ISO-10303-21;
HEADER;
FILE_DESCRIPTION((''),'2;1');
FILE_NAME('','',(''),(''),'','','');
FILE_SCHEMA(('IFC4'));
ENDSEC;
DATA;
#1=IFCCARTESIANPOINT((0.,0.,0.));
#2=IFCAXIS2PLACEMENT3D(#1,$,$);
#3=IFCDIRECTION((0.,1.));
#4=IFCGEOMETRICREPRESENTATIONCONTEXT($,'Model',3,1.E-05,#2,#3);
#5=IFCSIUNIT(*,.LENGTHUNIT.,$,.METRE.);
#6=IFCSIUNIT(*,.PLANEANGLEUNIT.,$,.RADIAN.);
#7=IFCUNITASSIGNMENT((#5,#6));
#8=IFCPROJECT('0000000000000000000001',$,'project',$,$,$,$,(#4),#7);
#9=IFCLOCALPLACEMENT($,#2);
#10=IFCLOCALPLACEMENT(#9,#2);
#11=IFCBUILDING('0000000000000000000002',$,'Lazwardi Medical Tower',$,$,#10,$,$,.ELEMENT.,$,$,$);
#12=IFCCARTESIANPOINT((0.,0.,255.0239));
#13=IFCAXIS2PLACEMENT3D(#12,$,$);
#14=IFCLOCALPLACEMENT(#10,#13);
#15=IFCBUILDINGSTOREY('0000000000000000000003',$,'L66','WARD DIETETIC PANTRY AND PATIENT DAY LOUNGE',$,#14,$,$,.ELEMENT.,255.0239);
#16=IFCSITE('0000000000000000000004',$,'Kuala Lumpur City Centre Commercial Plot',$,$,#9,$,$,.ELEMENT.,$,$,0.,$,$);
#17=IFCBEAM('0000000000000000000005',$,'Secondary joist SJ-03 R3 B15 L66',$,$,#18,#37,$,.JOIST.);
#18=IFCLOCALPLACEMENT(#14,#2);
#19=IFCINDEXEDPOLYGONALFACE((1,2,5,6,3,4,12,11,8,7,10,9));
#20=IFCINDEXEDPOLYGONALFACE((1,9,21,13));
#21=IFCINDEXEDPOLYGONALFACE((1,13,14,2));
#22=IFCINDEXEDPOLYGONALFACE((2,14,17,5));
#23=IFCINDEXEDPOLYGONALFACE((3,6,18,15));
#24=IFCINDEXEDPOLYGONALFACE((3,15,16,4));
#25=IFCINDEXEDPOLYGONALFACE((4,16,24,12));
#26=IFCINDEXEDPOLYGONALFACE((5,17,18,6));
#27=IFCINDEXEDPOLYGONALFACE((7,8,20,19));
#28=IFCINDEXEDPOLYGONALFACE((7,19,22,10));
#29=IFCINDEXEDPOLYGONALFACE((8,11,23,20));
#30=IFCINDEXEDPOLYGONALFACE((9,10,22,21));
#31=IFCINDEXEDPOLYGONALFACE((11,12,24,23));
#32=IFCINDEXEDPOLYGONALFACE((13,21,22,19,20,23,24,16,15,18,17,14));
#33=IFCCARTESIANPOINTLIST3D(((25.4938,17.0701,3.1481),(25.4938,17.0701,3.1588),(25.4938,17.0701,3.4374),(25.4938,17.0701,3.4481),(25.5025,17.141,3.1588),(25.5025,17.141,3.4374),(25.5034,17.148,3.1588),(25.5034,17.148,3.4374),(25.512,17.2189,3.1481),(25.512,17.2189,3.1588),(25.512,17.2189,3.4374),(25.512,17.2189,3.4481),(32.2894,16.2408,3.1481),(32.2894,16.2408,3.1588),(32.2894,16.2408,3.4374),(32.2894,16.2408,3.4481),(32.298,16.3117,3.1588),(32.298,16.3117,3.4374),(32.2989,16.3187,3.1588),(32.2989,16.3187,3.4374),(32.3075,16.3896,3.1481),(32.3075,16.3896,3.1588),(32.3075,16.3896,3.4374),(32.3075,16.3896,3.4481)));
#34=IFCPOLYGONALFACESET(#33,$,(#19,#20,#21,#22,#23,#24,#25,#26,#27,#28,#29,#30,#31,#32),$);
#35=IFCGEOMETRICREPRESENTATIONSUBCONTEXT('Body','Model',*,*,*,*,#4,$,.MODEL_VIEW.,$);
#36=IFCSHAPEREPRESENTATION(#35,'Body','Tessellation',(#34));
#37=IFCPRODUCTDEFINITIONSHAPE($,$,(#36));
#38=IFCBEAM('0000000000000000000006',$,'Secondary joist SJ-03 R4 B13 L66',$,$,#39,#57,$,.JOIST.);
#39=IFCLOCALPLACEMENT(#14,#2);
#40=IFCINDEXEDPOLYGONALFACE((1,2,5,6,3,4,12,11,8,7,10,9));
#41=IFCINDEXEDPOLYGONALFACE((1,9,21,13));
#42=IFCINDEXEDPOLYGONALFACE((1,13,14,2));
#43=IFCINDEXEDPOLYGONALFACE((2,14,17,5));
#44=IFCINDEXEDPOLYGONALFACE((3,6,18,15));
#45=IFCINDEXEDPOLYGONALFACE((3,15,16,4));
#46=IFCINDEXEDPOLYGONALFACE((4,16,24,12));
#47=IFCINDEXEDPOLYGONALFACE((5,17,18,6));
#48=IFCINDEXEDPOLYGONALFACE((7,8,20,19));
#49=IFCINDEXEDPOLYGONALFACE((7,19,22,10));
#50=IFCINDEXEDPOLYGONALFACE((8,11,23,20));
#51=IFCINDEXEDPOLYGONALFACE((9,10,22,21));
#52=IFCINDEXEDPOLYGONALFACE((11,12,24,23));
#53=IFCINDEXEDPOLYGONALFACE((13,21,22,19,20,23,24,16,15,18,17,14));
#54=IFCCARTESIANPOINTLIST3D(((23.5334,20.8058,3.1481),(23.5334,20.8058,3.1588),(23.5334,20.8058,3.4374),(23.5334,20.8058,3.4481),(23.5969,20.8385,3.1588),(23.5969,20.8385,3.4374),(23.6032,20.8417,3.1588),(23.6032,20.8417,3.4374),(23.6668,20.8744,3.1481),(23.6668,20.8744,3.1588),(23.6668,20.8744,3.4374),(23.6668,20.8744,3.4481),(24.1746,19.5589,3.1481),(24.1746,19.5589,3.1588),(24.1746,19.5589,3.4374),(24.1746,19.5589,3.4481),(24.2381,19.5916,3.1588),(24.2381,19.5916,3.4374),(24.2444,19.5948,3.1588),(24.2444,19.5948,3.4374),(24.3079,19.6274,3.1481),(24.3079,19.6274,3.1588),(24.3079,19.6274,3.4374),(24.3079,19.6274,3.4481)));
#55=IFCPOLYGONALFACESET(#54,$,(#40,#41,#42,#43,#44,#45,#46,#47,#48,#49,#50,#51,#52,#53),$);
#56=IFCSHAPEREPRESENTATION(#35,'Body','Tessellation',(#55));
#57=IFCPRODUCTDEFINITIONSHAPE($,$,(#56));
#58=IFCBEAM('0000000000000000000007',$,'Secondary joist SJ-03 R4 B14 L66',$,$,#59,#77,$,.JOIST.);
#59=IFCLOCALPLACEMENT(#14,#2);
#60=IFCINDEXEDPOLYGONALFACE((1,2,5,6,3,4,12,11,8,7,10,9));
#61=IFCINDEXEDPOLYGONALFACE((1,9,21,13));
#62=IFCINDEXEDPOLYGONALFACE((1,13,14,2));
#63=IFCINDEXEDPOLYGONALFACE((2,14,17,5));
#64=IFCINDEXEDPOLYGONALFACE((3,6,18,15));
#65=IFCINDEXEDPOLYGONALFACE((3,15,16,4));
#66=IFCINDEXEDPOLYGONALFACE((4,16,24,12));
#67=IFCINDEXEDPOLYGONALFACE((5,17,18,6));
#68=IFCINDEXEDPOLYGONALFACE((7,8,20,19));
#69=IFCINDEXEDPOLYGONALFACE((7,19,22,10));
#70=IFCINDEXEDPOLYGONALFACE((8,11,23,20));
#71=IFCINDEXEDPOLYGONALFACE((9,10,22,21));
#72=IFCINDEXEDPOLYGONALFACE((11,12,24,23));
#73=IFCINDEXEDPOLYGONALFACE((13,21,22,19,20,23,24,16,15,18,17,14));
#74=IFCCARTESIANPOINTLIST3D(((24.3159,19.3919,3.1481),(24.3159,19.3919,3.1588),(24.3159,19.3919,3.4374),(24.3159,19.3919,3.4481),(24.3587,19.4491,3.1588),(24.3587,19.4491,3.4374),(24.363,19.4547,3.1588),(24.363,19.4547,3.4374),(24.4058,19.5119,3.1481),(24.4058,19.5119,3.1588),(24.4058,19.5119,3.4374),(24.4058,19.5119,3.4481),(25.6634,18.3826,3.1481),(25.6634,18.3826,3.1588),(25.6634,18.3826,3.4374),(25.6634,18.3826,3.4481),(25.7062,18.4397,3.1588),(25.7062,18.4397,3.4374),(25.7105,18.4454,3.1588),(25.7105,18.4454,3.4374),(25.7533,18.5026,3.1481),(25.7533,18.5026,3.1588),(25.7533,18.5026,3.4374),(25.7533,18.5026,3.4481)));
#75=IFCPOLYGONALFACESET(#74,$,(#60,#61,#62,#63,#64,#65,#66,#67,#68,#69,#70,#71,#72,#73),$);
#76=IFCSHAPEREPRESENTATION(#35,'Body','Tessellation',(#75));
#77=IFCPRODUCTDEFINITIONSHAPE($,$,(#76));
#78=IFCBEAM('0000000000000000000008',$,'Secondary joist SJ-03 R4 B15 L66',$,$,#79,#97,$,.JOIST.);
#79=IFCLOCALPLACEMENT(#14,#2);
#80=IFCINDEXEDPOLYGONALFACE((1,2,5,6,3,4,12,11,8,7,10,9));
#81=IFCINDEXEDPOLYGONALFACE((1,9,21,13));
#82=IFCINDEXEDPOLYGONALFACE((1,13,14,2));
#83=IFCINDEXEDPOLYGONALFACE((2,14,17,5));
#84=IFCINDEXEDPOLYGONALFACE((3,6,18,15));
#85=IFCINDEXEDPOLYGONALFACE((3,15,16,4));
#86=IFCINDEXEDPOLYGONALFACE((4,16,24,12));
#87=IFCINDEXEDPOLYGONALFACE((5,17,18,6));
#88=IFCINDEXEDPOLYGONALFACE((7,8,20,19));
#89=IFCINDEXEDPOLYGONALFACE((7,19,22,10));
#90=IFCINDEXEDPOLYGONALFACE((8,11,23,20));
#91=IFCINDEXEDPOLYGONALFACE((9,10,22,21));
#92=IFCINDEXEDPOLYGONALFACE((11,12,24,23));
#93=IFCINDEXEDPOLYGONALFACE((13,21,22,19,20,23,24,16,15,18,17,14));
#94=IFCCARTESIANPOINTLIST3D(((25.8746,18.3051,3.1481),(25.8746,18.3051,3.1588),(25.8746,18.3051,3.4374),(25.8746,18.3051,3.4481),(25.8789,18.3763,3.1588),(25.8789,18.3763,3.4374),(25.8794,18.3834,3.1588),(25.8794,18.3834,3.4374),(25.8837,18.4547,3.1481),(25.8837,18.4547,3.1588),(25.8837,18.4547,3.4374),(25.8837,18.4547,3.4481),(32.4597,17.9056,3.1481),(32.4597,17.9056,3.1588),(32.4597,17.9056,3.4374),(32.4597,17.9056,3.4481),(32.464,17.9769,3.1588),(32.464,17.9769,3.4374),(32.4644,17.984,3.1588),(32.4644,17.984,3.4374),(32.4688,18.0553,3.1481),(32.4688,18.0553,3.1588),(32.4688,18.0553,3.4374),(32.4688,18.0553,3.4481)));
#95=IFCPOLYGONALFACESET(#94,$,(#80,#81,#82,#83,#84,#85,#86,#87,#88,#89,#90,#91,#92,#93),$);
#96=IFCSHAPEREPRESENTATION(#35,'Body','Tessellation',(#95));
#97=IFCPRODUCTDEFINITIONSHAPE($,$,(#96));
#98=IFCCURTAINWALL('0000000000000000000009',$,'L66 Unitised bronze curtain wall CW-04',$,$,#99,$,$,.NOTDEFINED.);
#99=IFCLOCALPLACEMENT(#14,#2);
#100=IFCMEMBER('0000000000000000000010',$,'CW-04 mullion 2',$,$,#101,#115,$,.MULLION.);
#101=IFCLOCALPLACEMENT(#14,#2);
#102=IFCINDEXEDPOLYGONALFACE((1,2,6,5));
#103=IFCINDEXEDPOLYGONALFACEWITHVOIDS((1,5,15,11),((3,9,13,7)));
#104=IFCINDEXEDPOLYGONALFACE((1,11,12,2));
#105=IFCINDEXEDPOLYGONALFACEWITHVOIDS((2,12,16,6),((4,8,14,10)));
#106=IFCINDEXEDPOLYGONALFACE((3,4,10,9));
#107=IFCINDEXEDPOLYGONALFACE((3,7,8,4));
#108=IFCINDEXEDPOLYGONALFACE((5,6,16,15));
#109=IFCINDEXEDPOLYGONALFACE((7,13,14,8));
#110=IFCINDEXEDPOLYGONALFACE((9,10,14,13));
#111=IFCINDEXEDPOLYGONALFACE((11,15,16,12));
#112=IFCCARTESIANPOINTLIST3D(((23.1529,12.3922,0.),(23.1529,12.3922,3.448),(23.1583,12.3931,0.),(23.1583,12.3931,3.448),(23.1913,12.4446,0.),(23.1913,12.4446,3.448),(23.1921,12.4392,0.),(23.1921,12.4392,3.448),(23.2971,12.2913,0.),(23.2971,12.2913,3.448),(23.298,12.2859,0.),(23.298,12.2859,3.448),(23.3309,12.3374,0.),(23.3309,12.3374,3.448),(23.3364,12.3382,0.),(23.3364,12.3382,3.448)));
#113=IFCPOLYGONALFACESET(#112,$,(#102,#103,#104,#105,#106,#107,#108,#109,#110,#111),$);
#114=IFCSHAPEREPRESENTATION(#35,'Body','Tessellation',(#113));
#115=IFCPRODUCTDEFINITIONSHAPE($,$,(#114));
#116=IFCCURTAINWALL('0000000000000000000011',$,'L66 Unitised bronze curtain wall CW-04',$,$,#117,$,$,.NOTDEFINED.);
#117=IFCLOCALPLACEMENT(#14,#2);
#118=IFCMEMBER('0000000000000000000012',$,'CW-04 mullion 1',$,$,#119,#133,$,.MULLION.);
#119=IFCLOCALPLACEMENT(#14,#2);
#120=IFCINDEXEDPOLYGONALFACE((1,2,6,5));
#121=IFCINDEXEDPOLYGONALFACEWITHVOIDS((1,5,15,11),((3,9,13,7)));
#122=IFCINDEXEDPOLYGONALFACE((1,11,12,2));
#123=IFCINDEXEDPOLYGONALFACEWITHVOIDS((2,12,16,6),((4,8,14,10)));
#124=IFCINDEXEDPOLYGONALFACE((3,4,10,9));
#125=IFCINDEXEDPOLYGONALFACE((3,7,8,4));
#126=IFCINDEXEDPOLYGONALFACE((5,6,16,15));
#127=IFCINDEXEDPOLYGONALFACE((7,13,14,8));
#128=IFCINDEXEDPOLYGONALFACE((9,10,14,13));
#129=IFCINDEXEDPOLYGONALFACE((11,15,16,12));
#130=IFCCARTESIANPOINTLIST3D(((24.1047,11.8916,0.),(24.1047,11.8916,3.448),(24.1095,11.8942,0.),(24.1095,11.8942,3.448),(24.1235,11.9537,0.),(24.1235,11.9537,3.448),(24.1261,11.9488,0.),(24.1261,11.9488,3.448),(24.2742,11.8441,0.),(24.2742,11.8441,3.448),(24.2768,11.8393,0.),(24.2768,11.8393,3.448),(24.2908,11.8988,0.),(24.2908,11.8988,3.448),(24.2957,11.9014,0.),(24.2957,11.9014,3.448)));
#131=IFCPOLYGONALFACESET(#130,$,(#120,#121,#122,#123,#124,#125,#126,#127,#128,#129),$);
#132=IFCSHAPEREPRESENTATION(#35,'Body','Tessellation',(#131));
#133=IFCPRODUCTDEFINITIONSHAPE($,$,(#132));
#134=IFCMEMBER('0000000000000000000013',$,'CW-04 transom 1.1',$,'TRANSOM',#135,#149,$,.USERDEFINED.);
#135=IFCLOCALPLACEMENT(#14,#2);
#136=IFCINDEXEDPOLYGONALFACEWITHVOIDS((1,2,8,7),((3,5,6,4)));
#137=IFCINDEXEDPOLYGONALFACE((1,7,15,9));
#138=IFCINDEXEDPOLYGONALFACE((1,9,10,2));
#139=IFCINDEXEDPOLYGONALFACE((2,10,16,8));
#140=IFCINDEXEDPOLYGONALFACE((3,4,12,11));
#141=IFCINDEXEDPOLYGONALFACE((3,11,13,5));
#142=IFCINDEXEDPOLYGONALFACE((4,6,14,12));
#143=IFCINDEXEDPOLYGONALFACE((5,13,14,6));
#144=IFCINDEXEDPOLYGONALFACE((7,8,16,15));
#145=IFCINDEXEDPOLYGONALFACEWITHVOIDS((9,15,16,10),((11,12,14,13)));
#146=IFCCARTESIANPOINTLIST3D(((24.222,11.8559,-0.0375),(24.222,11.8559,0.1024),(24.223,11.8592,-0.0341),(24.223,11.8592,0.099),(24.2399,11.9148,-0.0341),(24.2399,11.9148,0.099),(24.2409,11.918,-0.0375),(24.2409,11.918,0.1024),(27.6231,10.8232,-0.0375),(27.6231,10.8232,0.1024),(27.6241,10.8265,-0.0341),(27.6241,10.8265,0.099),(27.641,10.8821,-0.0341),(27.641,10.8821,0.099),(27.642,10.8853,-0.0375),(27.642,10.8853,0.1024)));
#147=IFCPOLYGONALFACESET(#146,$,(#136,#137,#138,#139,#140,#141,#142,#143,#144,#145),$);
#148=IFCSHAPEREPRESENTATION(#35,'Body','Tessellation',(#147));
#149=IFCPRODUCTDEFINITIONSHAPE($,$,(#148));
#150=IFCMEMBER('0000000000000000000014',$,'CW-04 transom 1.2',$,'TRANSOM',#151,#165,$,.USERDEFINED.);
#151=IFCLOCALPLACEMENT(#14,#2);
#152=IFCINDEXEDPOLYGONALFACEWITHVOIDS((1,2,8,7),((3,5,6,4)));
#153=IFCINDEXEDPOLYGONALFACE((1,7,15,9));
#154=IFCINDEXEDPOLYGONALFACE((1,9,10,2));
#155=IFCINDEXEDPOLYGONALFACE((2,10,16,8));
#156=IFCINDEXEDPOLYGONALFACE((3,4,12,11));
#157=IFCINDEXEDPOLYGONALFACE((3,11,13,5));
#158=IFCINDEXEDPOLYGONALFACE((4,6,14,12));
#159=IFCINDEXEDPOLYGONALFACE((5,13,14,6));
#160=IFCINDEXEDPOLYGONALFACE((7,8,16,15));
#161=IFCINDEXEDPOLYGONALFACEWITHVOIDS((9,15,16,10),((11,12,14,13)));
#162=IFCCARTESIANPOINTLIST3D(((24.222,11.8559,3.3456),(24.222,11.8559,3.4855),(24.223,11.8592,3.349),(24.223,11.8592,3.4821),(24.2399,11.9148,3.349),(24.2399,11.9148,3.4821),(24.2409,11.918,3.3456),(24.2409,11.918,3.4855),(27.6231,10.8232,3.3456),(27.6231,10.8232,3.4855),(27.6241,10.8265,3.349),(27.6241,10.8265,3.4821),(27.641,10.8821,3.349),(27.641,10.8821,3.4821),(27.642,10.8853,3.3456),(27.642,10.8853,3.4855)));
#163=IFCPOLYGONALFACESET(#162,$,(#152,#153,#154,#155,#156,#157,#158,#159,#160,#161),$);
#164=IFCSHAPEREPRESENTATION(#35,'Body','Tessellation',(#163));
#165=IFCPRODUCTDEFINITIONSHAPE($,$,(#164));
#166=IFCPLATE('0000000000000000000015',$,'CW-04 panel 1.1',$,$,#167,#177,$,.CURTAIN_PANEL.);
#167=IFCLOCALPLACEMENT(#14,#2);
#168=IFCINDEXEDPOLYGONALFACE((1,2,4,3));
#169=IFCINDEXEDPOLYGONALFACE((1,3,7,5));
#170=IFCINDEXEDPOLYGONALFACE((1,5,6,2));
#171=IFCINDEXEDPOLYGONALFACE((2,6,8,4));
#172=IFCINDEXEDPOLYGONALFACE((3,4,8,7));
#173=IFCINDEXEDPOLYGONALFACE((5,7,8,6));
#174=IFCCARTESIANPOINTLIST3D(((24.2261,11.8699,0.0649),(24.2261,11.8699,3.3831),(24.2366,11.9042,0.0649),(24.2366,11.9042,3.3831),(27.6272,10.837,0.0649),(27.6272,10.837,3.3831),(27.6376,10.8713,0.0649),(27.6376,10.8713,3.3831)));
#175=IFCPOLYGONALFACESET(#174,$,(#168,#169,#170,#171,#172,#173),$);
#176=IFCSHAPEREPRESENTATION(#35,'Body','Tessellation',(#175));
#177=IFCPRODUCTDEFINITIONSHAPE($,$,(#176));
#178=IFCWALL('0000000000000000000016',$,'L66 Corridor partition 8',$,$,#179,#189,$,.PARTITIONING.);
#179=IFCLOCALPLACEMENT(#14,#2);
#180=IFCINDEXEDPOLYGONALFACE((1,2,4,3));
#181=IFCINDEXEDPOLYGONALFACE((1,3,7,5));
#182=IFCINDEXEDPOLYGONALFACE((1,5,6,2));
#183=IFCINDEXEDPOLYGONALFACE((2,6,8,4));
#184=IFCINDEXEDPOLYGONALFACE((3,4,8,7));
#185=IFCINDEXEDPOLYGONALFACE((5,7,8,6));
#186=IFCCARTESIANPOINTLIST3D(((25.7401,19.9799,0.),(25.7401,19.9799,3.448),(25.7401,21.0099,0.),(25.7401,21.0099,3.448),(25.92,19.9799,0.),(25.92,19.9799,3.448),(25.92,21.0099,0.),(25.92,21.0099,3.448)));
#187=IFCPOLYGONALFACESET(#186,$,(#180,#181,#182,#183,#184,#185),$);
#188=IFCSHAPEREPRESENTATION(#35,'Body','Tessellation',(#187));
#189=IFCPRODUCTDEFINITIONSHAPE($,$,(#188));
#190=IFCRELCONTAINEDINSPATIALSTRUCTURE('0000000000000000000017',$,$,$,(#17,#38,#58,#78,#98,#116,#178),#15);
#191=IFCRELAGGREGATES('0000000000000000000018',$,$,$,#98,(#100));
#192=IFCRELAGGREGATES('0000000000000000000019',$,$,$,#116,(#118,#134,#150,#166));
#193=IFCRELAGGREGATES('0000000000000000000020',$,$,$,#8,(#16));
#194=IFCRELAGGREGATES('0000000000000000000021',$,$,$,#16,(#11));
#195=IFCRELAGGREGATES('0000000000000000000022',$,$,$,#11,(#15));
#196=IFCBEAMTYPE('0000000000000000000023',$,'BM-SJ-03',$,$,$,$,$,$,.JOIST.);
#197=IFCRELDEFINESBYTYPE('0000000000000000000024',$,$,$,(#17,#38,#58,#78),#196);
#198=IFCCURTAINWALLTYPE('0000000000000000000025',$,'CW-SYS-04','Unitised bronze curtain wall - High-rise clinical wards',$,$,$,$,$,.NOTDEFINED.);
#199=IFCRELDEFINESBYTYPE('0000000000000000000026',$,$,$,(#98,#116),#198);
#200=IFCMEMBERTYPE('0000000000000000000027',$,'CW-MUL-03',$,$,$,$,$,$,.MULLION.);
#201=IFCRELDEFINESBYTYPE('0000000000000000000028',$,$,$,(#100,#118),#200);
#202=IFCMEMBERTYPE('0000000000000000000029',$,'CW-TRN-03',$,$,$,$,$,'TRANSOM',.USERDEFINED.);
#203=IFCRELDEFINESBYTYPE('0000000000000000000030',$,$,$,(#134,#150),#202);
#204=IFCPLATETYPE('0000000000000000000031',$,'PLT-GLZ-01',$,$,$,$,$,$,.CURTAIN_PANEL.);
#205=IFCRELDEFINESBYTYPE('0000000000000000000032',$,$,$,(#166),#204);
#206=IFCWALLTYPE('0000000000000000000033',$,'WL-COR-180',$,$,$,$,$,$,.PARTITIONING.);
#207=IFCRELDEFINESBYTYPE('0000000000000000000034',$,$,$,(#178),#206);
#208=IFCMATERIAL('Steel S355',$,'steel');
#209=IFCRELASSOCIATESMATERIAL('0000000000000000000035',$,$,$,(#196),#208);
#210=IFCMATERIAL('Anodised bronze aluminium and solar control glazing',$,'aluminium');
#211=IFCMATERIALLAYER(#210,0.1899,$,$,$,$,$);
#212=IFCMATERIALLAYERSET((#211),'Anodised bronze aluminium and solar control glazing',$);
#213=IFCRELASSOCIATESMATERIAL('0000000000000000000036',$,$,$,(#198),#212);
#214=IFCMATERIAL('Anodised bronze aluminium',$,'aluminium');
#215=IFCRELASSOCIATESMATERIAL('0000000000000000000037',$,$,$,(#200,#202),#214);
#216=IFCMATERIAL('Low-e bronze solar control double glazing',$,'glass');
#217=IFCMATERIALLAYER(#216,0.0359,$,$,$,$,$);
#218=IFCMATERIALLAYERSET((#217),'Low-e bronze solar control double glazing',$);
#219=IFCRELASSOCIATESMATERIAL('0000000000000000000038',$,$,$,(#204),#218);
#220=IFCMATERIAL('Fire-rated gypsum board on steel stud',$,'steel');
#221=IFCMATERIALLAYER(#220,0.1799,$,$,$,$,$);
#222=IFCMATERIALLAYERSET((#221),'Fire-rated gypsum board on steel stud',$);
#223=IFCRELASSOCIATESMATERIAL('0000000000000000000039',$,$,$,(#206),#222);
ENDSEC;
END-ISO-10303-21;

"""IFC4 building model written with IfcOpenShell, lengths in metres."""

from ifc_helpers import new_model, si_unit, direction, frame, frame_2d, origin, origin_2d, place, context, subcontext, project, spatial, rectangle, hollow_rectangle, i_section, extrude, material, layer, layer_set, material_profile, profile_set, type_object, element, aggregate, save


model = new_model("IFC4")

# Units and contexts
model_context = context("Model", 3, precision=1e-05, world=origin(), true_north=direction((0.0, 1.0)))
body_context = subcontext(model_context, "Body", "Model", "MODEL_VIEW")
ifc_project = project(units=[si_unit("LENGTHUNIT", "METRE"), si_unit("PLANEANGLEUNIT", "RADIAN")], contexts=[model_context])

# Site, building, storey
site_placement = place(None, origin())
site = spatial("IfcSite", under=ifc_project, at=site_placement, Name="Kuala Lumpur City Centre Commercial Plot", CompositionType="ELEMENT", RefElevation=0.0)
building_placement = place(site_placement, origin())
building = spatial("IfcBuilding", under=site, at=building_placement, Name="Lazwardi Medical Tower", CompositionType="ELEMENT")
storey_placement = place(building_placement, frame((0.0, 0.0, 255.0239)))
storey = spatial("IfcBuildingStorey", under=building, at=storey_placement, Name="L66", Description="WARD DIETETIC PANTRY AND PATIENT DAY LOUNGE", CompositionType="ELEMENT", Elevation=255.0239)

# Beams
ifc_material_1 = material(Name="Steel S355", Category="steel")
ifc_material_profile_1 = material_profile(ifc_material_1, i_section(OverallWidth=0.1499, OverallDepth=0.3, WebThickness=0.0071, FlangeThickness=0.0107, at=origin_2d()), Name="IPE 300")
ifc_profile_set_1 = profile_set([ifc_material_profile_1], Name="Steel S355")
beam_type_1 = type_object("IfcBeamType", Name="BM-SJ-03", PredefinedType="JOIST", material=ifc_profile_set_1)
beam_1_placement = place(storey_placement, frame((25.5029, 17.1445, 3.2981), z_axis=(0.992635, -0.121146, 0.0), x_axis=(0.121146, 0.992635, 0.0)))
element("IfcBeam", 1, at=beam_1_placement, inside=storey, type_object=beam_type_1, Name="Secondary joist SJ-03 R3 B15 L66", PredefinedType="JOIST", context=body_context, shape_type="SweptSolid", body=[
    extrude(i_section(OverallWidth=0.1499, OverallDepth=0.3, WebThickness=0.0071, FlangeThickness=0.0107, at=origin_2d()), origin(), (0.0, 0.0, 1.0), 6.8459),
])
beam_2_placement = place(storey_placement, frame((23.6001, 20.8401, 3.2981), z_axis=(0.457285, -0.88932, 0.0), x_axis=(0.88932, 0.457285, 0.0)))
element("IfcBeam", 2, at=beam_2_placement, inside=storey, type_object=beam_type_1, Name="Secondary joist SJ-03 R4 B13 L66", PredefinedType="JOIST", context=body_context, shape_type="SweptSolid", body=[
    extrude(i_section(OverallWidth=0.1499, OverallDepth=0.3, WebThickness=0.0071, FlangeThickness=0.0107, at=origin_2d()), origin(), (0.0, 0.0, 1.0), 1.4021),
])
beam_3_placement = place(storey_placement, frame((24.3608, 19.4519, 3.2981), z_axis=(0.800365, -0.599513, 0.0), x_axis=(0.599513, 0.800365, 0.0)))
element("IfcBeam", 3, at=beam_3_placement, inside=storey, type_object=beam_type_1, Name="Secondary joist SJ-03 R4 B14 L66", PredefinedType="JOIST", context=body_context, shape_type="SweptSolid", body=[
    extrude(i_section(OverallWidth=0.1499, OverallDepth=0.3, WebThickness=0.0071, FlangeThickness=0.0107, at=origin_2d()), origin(), (0.0, 0.0, 1.0), 1.6836),
])
beam_4_placement = place(storey_placement, frame((25.8792, 18.3799, 3.2981), z_axis=(0.998166, -0.060544, 0.0), x_axis=(0.060544, 0.998166, 0.0)))
element("IfcBeam", 4, at=beam_4_placement, inside=storey, type_object=beam_type_1, Name="Secondary joist SJ-03 R4 B15 L66", PredefinedType="JOIST", context=body_context, shape_type="SweptSolid", body=[
    extrude(i_section(OverallWidth=0.1499, OverallDepth=0.3, WebThickness=0.0071, FlangeThickness=0.0107, at=origin_2d()), origin(), (0.0, 0.0, 1.0), 6.5972),
])

# Curtain wall, member
ifc_material_2 = material(Name="Anodised bronze aluminium and solar control glazing", Category="aluminium")
ifc_layer_1 = layer(ifc_material_2, 0.1899)
ifc_layer_set_1 = layer_set([ifc_layer_1], Name="Anodised bronze aluminium and solar control glazing")
curtain_wall_type = type_object("IfcCurtainWallType", Name="CW-SYS-04", Description="Unitised bronze curtain wall - High-rise clinical wards", PredefinedType="NOTDEFINED", material=ifc_layer_set_1)
curtain_wall_1_placement = place(storey_placement, origin())
curtain_wall_1 = element("IfcCurtainWall", 5, at=curtain_wall_1_placement, inside=storey, type_object=curtain_wall_type, Name="L66 Unitised bronze curtain wall CW-04", PredefinedType="NOTDEFINED")
ifc_material_3 = material(Name="Anodised bronze aluminium", Category="aluminium")
ifc_material_profile_2 = material_profile(ifc_material_3, hollow_rectangle(XDim=0.0649, YDim=0.1799, WallThickness=0.0039, at=origin_2d()), Name="ALU-MULLION 180x65x4")
ifc_profile_set_2 = profile_set([ifc_material_profile_2], Name="Anodised bronze aluminium")
member_type_1 = type_object("IfcMemberType", Name="CW-MUL-03", PredefinedType="MULLION", material=ifc_profile_set_2)
member_1_placement = place(storey_placement, frame((23.2446, 12.3652, 0.0), z_axis=(0.0, 0.0, 1.0), x_axis=(0.591268, 0.806475, 0.0)))
member_1 = element("IfcMember", 6, at=member_1_placement, type_object=member_type_1, Name="CW-04 mullion 2", PredefinedType="MULLION", context=body_context, shape_type="SweptSolid", body=[
    extrude(hollow_rectangle(XDim=0.0649, YDim=0.1799, WallThickness=0.0039, at=origin_2d()), origin(), (0.0, 0.0, 1.0), 3.448),
])
aggregate(curtain_wall_1, [member_1])

# Curtain wall, members, plate
curtain_wall_2_placement = place(storey_placement, origin())
curtain_wall_2 = element("IfcCurtainWall", 7, at=curtain_wall_2_placement, inside=storey, type_object=curtain_wall_type, Name="L66 Unitised bronze curtain wall CW-04", PredefinedType="NOTDEFINED")
member_2_placement = place(storey_placement, frame((24.2002, 11.8965, 0.0), z_axis=(0.0, 0.0, 1.0), x_axis=(0.290582, 0.95685, 0.0)))
member_2 = element("IfcMember", 8, at=member_2_placement, type_object=member_type_1, Name="CW-04 mullion 1", PredefinedType="MULLION", context=body_context, shape_type="SweptSolid", body=[
    extrude(hollow_rectangle(XDim=0.0649, YDim=0.1799, WallThickness=0.0039, at=origin_2d()), origin(), (0.0, 0.0, 1.0), 3.448),
])
ifc_material_profile_3 = material_profile(ifc_material_3, hollow_rectangle(XDim=0.0649, YDim=0.1399, WallThickness=0.0034, at=origin_2d()), Name="ALU-TRANSOM 140x65x3.5")
ifc_profile_set_3 = profile_set([ifc_material_profile_3], Name="Anodised bronze aluminium")
member_type_2 = type_object("IfcMemberType", Name="CW-TRN-03", ElementType="TRANSOM", PredefinedType="USERDEFINED", material=ifc_profile_set_3)
member_3_placement = place(storey_placement, frame((24.2314, 11.887, 0.0325), z_axis=(0.956863, -0.290541, 0.0), x_axis=(0.290541, 0.956863, 0.0)))
member_3 = element("IfcMember", 9, at=member_3_placement, type_object=member_type_2, Name="CW-04 transom 1.1", ObjectType="TRANSOM", PredefinedType="USERDEFINED", context=body_context, shape_type="SweptSolid", body=[
    extrude(hollow_rectangle(XDim=0.0649, YDim=0.1399, WallThickness=0.0034, at=origin_2d()), origin(), (0.0, 0.0, 1.0), 3.5544),
])
member_4_placement = place(storey_placement, frame((24.2314, 11.887, 3.4155), z_axis=(0.956863, -0.290541, 0.0), x_axis=(0.290541, 0.956863, 0.0)))
member_4 = element("IfcMember", 10, at=member_4_placement, type_object=member_type_2, Name="CW-04 transom 1.2", ObjectType="TRANSOM", PredefinedType="USERDEFINED", context=body_context, shape_type="SweptSolid", body=[
    extrude(hollow_rectangle(XDim=0.0649, YDim=0.1399, WallThickness=0.0034, at=origin_2d()), origin(), (0.0, 0.0, 1.0), 3.5544),
])
ifc_material_4 = material(Name="Low-e bronze solar control double glazing", Category="glass")
ifc_layer_2 = layer(ifc_material_4, 0.0359)
ifc_layer_set_2 = layer_set([ifc_layer_2], Name="Low-e bronze solar control double glazing")
plate_type = type_object("IfcPlateType", Name="PLT-GLZ-01", PredefinedType="CURTAIN_PANEL", material=ifc_layer_set_2)
plate_placement = place(storey_placement, frame((25.9319, 11.3706, 0.0649), z_axis=(0.0, 0.0, 1.0), x_axis=(0.95685, -0.290582, 0.0)))
plate = element("IfcPlate", 11, at=plate_placement, type_object=plate_type, Name="CW-04 panel 1.1", PredefinedType="CURTAIN_PANEL", context=body_context, shape_type="SweptSolid", body=[
    extrude(rectangle(XDim=3.5544, YDim=0.0359, at=origin_2d()), origin(), (0.0, 0.0, 1.0), 3.3181),
])
aggregate(curtain_wall_2, [member_2, member_3, member_4, plate])

# Wall
ifc_material_5 = material(Name="Fire-rated gypsum board on steel stud", Category="steel")
ifc_layer_3 = layer(ifc_material_5, 0.1799)
ifc_layer_set_3 = layer_set([ifc_layer_3], Name="Fire-rated gypsum board on steel stud")
wall_type_1 = type_object("IfcWallType", Name="WL-COR-180", PredefinedType="PARTITIONING", material=ifc_layer_set_3)
wall_1_placement = place(storey_placement, frame((25.8301, 21.01, 0.0), z_axis=(0.0, 0.0, 1.0), x_axis=(0.0, -1.0, 0.0)))
element("IfcWall", 12, at=wall_1_placement, inside=storey, type_object=wall_type_1, Name="L66 Corridor partition 8", PredefinedType="PARTITIONING", context=body_context, shape_type="SweptSolid", body=[
    extrude(rectangle(XDim=1.03, YDim=0.1799, at=frame_2d((0.5151, 0.0))), origin(), (0.0, 0.0, 1.0), 3.448),
])

save(model, "model.ifc")
